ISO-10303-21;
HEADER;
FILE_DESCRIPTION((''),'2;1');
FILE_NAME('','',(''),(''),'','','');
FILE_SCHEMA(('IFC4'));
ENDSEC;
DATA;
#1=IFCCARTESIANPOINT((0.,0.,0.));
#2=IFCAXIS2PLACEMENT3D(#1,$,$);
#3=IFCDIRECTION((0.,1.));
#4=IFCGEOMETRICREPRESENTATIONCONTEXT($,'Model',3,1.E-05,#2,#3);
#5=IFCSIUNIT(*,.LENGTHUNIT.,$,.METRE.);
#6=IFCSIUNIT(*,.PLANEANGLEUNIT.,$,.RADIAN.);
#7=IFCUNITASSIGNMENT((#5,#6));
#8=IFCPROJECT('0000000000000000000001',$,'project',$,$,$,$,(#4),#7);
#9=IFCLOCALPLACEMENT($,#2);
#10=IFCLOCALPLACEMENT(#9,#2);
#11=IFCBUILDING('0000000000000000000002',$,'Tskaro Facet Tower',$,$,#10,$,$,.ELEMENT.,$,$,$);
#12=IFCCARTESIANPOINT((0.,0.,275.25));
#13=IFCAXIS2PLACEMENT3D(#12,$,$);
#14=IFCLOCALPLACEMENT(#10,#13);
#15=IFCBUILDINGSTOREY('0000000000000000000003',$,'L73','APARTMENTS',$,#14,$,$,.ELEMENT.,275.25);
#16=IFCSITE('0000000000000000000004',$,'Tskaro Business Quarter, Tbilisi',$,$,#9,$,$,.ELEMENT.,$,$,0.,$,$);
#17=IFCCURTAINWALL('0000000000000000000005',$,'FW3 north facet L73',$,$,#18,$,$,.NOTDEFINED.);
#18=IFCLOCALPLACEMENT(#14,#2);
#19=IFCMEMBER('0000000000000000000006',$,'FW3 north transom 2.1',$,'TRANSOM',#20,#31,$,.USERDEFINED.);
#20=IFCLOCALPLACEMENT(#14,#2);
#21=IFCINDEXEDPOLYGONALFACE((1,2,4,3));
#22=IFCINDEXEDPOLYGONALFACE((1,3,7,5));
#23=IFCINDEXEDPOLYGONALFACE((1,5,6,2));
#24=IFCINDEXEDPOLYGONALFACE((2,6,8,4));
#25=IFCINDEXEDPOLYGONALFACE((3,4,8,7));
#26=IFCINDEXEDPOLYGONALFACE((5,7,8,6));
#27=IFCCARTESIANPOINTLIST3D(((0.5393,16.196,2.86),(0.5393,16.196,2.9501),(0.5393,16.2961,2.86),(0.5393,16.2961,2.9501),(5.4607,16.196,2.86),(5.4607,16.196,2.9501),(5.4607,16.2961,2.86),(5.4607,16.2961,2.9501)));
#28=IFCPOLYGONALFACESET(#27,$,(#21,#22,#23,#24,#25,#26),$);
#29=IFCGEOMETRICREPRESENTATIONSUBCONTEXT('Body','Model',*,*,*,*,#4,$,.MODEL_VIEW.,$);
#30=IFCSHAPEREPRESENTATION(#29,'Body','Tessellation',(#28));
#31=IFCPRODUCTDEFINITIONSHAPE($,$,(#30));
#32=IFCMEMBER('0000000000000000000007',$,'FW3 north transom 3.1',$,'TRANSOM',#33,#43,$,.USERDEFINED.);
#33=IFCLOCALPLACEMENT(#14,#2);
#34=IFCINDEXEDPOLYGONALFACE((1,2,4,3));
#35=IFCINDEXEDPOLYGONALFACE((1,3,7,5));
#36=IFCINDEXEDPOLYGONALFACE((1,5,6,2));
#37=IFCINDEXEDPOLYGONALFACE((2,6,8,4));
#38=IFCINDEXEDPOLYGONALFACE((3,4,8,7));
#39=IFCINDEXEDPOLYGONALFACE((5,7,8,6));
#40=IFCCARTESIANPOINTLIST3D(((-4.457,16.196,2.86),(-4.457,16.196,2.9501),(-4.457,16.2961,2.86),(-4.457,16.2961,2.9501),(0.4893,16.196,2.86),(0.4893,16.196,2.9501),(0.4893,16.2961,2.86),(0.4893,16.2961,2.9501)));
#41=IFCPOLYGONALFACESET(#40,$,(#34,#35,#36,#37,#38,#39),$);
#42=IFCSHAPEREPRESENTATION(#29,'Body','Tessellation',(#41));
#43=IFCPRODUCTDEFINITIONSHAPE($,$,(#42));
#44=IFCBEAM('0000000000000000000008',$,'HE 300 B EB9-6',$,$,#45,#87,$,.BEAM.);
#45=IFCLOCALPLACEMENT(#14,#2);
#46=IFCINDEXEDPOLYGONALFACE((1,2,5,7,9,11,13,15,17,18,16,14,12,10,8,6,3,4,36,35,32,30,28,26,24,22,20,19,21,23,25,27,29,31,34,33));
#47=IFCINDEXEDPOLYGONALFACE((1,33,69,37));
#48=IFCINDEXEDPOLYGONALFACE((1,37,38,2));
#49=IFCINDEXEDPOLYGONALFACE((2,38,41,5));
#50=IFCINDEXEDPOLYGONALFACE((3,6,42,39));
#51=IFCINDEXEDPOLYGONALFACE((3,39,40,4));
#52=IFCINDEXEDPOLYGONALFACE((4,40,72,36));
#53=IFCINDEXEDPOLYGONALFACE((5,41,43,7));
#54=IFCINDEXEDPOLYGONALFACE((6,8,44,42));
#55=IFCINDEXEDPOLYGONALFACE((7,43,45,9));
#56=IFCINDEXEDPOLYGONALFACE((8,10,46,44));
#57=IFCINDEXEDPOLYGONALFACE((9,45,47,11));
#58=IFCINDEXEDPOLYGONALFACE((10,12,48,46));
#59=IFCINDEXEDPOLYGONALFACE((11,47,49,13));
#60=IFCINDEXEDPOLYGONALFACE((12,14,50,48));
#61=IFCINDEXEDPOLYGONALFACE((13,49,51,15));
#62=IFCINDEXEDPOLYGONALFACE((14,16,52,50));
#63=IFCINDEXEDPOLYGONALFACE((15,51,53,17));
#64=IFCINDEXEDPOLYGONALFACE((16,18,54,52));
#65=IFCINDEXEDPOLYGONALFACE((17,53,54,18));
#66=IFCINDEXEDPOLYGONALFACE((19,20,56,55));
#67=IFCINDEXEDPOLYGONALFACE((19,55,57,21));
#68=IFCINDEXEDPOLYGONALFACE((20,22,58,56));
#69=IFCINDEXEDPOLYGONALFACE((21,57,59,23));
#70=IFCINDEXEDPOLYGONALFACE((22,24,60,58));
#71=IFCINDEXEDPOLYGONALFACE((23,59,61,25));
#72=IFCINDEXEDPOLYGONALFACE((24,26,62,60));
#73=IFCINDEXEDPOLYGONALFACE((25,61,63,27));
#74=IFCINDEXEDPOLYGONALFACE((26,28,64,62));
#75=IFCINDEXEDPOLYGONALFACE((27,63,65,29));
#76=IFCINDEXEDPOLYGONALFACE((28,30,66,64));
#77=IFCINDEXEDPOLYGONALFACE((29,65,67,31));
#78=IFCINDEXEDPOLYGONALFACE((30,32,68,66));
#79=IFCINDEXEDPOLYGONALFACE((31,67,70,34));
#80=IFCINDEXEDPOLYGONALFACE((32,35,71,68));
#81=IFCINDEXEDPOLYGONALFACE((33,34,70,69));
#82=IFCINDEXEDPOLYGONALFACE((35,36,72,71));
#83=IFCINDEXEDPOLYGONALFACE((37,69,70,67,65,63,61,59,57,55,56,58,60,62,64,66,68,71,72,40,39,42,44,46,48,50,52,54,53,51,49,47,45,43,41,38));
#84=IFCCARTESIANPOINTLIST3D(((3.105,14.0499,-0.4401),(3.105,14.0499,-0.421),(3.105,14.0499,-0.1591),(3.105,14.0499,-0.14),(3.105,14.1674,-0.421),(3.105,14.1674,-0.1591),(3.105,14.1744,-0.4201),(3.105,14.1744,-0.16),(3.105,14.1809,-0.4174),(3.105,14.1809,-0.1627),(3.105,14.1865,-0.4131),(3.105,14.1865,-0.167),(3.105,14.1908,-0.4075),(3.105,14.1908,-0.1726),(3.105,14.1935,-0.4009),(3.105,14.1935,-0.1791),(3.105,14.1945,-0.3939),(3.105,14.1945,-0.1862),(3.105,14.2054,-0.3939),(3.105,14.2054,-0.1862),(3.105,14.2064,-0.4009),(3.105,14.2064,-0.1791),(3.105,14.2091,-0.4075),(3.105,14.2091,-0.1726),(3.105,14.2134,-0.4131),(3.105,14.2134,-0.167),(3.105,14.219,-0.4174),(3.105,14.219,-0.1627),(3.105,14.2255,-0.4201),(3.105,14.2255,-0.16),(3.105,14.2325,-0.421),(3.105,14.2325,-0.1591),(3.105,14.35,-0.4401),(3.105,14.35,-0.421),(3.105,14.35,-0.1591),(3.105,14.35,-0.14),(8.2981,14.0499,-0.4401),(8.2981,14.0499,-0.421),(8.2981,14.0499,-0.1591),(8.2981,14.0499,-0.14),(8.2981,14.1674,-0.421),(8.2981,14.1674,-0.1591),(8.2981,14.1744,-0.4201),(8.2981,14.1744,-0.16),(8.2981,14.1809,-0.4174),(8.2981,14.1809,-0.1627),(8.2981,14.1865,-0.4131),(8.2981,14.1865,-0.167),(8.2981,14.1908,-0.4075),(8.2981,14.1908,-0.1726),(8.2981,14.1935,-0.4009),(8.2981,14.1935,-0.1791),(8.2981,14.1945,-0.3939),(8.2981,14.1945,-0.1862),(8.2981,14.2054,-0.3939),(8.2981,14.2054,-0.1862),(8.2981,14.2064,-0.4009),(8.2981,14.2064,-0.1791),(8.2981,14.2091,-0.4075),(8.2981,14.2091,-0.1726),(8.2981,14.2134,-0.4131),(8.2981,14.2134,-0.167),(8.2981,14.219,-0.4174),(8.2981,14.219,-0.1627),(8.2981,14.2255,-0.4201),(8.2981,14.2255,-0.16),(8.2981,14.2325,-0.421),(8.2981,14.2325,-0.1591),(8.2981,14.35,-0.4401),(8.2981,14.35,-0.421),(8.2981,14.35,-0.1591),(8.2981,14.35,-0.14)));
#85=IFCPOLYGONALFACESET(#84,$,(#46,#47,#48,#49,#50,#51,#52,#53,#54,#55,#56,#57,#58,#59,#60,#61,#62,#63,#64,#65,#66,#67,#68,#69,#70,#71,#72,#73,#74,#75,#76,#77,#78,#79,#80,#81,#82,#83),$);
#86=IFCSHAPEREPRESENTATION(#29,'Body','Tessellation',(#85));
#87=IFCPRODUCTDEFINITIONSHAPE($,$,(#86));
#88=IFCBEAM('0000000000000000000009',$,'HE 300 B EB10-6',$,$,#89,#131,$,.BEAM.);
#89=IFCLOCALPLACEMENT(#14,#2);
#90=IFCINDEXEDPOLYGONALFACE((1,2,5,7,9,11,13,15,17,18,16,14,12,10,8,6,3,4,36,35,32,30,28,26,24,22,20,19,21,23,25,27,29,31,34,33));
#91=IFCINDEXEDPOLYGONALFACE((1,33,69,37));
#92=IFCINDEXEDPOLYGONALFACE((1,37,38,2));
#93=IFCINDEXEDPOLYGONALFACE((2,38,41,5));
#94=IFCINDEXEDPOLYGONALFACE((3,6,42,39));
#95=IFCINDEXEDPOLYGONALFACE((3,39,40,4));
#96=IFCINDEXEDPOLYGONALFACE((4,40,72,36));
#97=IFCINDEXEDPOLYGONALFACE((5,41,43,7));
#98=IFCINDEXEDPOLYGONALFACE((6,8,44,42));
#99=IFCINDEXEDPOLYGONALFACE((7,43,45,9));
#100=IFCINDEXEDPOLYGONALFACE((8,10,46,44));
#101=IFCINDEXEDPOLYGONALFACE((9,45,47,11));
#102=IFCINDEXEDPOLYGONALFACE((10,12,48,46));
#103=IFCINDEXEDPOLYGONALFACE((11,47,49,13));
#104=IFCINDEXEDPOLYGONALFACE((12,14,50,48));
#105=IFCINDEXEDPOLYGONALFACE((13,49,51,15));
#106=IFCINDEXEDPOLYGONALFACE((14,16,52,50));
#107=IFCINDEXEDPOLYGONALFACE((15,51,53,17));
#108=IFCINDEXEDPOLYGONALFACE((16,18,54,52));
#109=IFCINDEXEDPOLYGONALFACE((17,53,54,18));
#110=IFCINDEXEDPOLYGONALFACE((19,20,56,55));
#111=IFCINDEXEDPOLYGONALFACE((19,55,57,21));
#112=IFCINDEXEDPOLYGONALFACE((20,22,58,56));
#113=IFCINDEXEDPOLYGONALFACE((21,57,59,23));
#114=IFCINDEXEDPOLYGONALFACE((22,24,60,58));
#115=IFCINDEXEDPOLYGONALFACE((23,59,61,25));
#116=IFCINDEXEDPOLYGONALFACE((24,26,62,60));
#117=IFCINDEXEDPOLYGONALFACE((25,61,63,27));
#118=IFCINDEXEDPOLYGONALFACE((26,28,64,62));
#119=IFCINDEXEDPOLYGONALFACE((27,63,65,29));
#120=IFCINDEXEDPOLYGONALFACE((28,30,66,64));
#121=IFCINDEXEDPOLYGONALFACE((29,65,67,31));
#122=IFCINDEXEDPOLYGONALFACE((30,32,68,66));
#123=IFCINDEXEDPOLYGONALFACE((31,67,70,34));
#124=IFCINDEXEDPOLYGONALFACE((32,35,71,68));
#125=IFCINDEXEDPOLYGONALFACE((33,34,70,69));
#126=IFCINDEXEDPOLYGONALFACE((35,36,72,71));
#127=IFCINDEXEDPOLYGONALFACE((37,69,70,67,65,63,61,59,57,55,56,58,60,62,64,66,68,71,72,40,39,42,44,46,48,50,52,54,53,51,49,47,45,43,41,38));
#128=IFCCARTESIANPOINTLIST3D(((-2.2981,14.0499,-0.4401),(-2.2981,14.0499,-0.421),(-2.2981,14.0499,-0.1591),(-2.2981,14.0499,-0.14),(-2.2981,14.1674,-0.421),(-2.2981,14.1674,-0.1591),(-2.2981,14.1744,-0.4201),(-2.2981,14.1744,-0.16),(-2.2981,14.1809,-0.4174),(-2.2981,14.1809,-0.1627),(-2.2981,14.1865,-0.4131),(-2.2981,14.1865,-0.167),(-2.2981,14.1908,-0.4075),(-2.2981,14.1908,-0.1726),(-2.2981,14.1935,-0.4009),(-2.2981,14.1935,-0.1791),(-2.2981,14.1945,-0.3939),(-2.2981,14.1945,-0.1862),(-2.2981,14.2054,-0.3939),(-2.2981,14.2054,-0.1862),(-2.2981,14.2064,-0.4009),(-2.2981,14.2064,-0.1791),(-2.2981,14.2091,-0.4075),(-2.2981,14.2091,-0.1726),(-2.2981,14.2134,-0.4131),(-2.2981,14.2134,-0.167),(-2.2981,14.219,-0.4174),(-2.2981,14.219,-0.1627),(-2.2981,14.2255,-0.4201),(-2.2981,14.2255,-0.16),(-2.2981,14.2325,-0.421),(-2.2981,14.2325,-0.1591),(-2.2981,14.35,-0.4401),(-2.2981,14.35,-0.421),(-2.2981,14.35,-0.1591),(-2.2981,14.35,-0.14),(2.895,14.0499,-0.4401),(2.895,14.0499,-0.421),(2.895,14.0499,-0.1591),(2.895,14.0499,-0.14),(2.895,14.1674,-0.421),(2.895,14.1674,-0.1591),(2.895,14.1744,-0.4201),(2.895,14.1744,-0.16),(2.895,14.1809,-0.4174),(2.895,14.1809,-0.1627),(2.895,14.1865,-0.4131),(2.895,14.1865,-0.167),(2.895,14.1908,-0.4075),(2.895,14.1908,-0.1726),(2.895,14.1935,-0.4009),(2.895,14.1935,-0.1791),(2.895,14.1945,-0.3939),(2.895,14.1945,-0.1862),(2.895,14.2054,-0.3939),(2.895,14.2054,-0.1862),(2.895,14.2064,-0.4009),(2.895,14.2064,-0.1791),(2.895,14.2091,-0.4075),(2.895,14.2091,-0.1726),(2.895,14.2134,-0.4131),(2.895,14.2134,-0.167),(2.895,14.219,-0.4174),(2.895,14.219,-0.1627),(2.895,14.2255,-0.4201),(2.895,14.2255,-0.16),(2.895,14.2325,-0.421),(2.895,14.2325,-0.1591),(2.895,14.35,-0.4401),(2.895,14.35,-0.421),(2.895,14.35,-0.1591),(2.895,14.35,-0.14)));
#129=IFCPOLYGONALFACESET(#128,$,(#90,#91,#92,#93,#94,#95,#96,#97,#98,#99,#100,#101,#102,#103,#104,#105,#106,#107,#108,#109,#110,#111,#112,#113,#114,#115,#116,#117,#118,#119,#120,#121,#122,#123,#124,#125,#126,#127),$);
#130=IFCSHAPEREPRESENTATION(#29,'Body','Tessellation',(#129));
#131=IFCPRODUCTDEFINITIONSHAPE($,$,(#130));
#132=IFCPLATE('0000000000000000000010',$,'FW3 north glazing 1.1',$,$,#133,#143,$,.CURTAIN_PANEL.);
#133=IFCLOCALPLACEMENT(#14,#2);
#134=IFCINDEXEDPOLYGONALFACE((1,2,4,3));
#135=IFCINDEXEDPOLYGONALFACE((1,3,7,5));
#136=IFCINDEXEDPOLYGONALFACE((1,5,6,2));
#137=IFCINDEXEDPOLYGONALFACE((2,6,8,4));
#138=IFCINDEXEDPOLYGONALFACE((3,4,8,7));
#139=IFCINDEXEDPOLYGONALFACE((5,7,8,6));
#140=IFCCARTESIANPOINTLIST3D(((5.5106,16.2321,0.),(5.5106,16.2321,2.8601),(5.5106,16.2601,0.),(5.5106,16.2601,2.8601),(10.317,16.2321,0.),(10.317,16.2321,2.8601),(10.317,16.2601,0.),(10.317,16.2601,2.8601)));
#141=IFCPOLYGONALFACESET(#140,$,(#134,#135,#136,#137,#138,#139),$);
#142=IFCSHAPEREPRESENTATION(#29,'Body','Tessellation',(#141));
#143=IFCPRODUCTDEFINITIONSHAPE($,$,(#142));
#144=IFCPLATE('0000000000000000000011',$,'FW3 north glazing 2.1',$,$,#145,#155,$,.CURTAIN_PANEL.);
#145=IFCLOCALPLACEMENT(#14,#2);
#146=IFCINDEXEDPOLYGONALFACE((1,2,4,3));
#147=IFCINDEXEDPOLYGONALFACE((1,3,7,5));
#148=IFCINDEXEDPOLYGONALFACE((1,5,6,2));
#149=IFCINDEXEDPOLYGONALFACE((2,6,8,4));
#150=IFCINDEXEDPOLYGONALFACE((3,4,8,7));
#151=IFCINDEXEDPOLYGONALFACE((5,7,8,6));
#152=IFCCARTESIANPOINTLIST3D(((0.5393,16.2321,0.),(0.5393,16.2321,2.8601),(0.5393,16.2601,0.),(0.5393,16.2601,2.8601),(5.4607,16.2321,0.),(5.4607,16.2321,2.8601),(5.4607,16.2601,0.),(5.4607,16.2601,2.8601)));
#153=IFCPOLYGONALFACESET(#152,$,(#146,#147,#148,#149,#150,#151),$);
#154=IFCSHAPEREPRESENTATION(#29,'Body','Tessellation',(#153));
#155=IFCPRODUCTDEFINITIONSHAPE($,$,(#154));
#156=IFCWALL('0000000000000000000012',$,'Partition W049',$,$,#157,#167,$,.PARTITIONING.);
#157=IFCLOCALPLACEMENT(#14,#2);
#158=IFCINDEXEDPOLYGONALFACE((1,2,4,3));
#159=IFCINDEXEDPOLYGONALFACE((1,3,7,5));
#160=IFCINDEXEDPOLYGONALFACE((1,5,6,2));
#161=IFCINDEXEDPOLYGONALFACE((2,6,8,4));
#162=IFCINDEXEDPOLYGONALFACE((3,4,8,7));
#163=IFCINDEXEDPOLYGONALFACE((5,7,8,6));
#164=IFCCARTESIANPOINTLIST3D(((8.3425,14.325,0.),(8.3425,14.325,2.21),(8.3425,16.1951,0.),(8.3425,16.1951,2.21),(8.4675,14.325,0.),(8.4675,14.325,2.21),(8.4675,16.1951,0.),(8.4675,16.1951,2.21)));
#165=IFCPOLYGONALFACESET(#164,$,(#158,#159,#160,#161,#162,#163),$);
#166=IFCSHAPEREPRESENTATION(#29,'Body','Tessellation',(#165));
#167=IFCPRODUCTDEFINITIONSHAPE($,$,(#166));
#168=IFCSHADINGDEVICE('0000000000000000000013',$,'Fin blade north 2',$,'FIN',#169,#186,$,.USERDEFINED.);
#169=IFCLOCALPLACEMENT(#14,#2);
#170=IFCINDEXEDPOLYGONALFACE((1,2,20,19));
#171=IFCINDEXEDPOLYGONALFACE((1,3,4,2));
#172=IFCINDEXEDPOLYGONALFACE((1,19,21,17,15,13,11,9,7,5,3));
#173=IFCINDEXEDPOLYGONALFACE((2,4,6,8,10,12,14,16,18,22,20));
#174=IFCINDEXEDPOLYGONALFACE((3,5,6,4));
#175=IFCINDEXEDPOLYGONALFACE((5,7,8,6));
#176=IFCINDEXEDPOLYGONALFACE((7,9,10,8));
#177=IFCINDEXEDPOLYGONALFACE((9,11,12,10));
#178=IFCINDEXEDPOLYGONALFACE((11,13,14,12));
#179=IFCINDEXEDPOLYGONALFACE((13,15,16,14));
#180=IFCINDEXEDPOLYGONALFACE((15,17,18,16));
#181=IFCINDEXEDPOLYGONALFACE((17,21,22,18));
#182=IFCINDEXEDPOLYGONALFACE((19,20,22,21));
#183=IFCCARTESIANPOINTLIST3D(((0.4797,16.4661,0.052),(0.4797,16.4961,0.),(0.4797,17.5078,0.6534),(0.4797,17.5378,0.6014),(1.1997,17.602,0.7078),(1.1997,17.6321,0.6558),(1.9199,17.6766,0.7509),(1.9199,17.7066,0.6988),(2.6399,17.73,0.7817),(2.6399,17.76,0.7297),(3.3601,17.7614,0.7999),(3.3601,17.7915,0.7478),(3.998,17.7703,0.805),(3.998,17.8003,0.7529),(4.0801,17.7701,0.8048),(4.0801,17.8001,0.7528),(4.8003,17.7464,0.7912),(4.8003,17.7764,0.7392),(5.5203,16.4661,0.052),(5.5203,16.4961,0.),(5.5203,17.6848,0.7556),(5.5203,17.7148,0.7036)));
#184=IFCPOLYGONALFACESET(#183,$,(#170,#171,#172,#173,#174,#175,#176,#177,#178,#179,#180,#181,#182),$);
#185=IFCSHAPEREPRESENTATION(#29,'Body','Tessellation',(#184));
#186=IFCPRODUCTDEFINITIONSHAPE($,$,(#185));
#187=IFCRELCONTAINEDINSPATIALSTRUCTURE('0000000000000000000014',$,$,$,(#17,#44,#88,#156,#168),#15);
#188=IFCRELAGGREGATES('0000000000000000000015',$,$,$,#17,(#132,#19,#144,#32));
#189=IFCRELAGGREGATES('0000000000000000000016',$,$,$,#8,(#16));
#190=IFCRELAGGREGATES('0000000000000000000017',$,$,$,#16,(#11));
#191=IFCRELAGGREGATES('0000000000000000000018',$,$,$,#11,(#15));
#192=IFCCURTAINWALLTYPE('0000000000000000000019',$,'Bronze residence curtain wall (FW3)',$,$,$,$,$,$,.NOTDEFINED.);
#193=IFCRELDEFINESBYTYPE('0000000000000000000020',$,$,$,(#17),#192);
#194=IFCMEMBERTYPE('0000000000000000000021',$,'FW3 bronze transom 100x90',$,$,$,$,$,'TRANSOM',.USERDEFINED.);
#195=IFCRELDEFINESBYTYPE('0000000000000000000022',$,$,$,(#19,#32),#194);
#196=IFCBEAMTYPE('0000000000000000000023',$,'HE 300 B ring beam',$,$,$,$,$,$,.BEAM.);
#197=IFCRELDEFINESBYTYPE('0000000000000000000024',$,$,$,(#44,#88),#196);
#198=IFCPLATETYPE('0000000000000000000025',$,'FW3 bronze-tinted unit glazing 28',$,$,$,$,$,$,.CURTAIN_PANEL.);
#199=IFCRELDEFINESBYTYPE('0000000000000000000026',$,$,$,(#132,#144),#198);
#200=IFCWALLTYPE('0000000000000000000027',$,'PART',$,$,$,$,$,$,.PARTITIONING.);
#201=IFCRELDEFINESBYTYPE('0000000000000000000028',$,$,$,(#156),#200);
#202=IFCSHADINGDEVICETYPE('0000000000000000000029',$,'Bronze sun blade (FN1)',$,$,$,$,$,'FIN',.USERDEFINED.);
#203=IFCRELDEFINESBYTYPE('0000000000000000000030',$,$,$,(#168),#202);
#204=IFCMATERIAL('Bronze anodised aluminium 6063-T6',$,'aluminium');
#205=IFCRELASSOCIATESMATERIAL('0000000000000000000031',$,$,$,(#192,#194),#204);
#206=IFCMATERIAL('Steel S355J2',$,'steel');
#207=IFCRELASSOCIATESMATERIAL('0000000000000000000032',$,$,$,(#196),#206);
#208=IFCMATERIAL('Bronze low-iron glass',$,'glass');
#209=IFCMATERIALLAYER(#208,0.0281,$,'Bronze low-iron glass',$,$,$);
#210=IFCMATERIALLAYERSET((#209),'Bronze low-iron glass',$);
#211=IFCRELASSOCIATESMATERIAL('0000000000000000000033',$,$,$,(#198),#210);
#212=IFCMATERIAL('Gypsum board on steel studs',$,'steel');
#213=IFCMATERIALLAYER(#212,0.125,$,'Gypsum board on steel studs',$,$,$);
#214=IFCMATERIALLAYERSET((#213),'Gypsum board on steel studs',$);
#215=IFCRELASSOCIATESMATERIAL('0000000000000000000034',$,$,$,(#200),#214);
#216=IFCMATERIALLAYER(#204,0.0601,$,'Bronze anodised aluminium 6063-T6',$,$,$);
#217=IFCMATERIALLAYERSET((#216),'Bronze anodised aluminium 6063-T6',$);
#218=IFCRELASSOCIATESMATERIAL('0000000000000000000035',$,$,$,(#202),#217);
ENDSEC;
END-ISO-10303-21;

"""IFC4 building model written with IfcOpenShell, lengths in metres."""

from ifc_helpers import new_model, si_unit, direction, frame, frame_2d, origin, origin_2d, place, context, subcontext, project, spatial, polyline, rectangle, i_section, outline, extrude, material, layer, layer_set, material_profile, profile_set, type_object, element, aggregate, save


model = new_model("IFC4")

# Units and contexts
model_context = context("Model", 3, precision=1e-05, world=origin(), true_north=direction((0.0, 1.0)))
body_context = subcontext(model_context, "Body", "Model", "MODEL_VIEW")
ifc_project = project(units=[si_unit("LENGTHUNIT", "METRE"), si_unit("PLANEANGLEUNIT", "RADIAN")], contexts=[model_context])

# Site, building, storey
site_placement = place(None, origin())
site = spatial("IfcSite", under=ifc_project, at=site_placement, Name="Tskaro Business Quarter, Tbilisi", CompositionType="ELEMENT", RefElevation=0.0)
building_placement = place(site_placement, origin())
building = spatial("IfcBuilding", under=site, at=building_placement, Name="Tskaro Facet Tower", CompositionType="ELEMENT")
storey_placement = place(building_placement, frame((0.0, 0.0, 275.25)))
storey = spatial("IfcBuildingStorey", under=building, at=storey_placement, Name="L73", Description="APARTMENTS", CompositionType="ELEMENT", Elevation=275.25)

# Shared definitions
ifc_material_1 = material(Name="Steel S355J2", Category="steel")

# Curtain wall, members
ifc_material_2 = material(Name="Bronze anodised aluminium 6063-T6", Category="aluminium")
curtain_wall_type = type_object("IfcCurtainWallType", Name="Bronze residence curtain wall (FW3)", PredefinedType="NOTDEFINED", material=ifc_material_2)
curtain_wall_placement = place(storey_placement, origin())
curtain_wall = element("IfcCurtainWall", 1, at=curtain_wall_placement, inside=storey, type_object=curtain_wall_type, Name="FW3 north facet L73", PredefinedType="NOTDEFINED")
ifc_material_profile_1 = material_profile(ifc_material_2, rectangle(XDim=0.1001, YDim=0.0901, at=origin_2d()), Name="Transom 100x90")
ifc_profile_set_1 = profile_set([ifc_material_profile_1], Name="Bronze anodised aluminium 6063-T6")
member_type_1 = type_object("IfcMemberType", Name="FW3 bronze transom 100x90", ElementType="TRANSOM", PredefinedType="USERDEFINED", material=ifc_profile_set_1)
member_1_placement = place(storey_placement, frame((5.4607, 16.2461, 2.905), z_axis=(-1.0, 0.0, 0.0), x_axis=(0.0, -1.0, 0.0)))
member_1 = element("IfcMember", 2, at=member_1_placement, type_object=member_type_1, Name="FW3 north transom 2.1", ObjectType="TRANSOM", PredefinedType="USERDEFINED", context=body_context, shape_type="SweptSolid", body=[
    extrude(rectangle(XDim=0.1001, YDim=0.0901, at=origin_2d()), origin(), (0.0, 0.0, 1.0), 4.9214),
])
member_2_placement = place(storey_placement, frame((0.4893, 16.2461, 2.905), z_axis=(-1.0, 0.0, 0.0), x_axis=(0.0, -1.0, 0.0)))
member_2 = element("IfcMember", 3, at=member_2_placement, type_object=member_type_1, Name="FW3 north transom 3.1", ObjectType="TRANSOM", PredefinedType="USERDEFINED", context=body_context, shape_type="SweptSolid", body=[
    extrude(rectangle(XDim=0.1001, YDim=0.0901, at=origin_2d()), origin(), (0.0, 0.0, 1.0), 4.9463),
])

# Beams
ifc_material_profile_2 = material_profile(ifc_material_1, i_section(OverallWidth=0.3, OverallDepth=0.3, WebThickness=0.011, FlangeThickness=0.019, FilletRadius=0.0271, at=origin_2d()), Name="HE 300 B")
ifc_profile_set_2 = profile_set([ifc_material_profile_2], Name="Steel S355J2")
beam_type = type_object("IfcBeamType", Name="HE 300 B ring beam", PredefinedType="BEAM", material=ifc_profile_set_2)
for number, where, z_axis, x_axis, name in (
    (4, (8.2981, 14.2, -0.29), (-1.0, 0.0, 0.0), (0.0, -1.0, 0.0), "HE 300 B EB9-6"),
    (5, (2.895, 14.2, -0.29), (-1.0, 0.0, 0.0), (0.0, -1.0, 0.0), "HE 300 B EB10-6"),
):
    element("IfcBeam", number, at=place(storey_placement, frame(where, z_axis=z_axis, x_axis=x_axis)), inside=storey, type_object=beam_type, Name=name, PredefinedType="BEAM", context=body_context, shape_type="SweptSolid", body=[
        extrude(i_section(OverallWidth=0.3, OverallDepth=0.3, WebThickness=0.011, FlangeThickness=0.019, FilletRadius=0.0271, at=origin_2d()), origin(), (0.0, 0.0, 1.0), 5.1931),
    ])

# Plates
ifc_material_3 = material(Name="Bronze low-iron glass", Category="glass")
ifc_layer_1 = layer(ifc_material_3, 0.0281, Name="Bronze low-iron glass")
ifc_layer_set_1 = layer_set([ifc_layer_1], Name="Bronze low-iron glass")
plate_type = type_object("IfcPlateType", Name="FW3 bronze-tinted unit glazing 28", PredefinedType="CURTAIN_PANEL", material=ifc_layer_set_1)
plate_1_placement = place(storey_placement, frame((7.9138, 16.2461, 0.0), z_axis=(0.0, 0.0, 1.0), x_axis=(-1.0, 0.0, 0.0)))
plate_1 = element("IfcPlate", 6, at=plate_1_placement, type_object=plate_type, Name="FW3 north glazing 1.1", PredefinedType="CURTAIN_PANEL", context=body_context, shape_type="SweptSolid", body=[
    extrude(rectangle(XDim=4.8064, YDim=0.0281, at=origin_2d()), origin(), (0.0, 0.0, 1.0), 2.8601),
])
plate_2_placement = place(storey_placement, frame((3.0, 16.2461, 0.0), z_axis=(0.0, 0.0, 1.0), x_axis=(-1.0, 0.0, 0.0)))
plate_2 = element("IfcPlate", 7, at=plate_2_placement, type_object=plate_type, Name="FW3 north glazing 2.1", PredefinedType="CURTAIN_PANEL", context=body_context, shape_type="SweptSolid", body=[
    extrude(rectangle(XDim=4.9214, YDim=0.0281, at=origin_2d()), origin(), (0.0, 0.0, 1.0), 2.8601),
])
aggregate(curtain_wall, [plate_1, member_1, plate_2, member_2])

# Wall
ifc_material_4 = material(Name="Gypsum board on steel studs", Category="steel")
ifc_layer_2 = layer(ifc_material_4, 0.125, Name="Gypsum board on steel studs")
ifc_layer_set_2 = layer_set([ifc_layer_2], Name="Gypsum board on steel studs")
wall_type = type_object("IfcWallType", Name="PART", PredefinedType="PARTITIONING", material=ifc_layer_set_2)
wall_placement = place(storey_placement, frame((8.405, 14.325, 0.0), z_axis=(0.0, 0.0, 1.0), x_axis=(0.0, 1.0, 0.0)))
element("IfcWall", 8, at=wall_placement, inside=storey, type_object=wall_type, Name="Partition W049", PredefinedType="PARTITIONING", context=body_context, shape_type="SweptSolid", body=[
    extrude(rectangle(XDim=1.8701, YDim=0.125, at=frame_2d((0.9351, 0.0))), origin(), (0.0, 0.0, 1.0), 2.21),
])

# Shading device
ifc_layer_3 = layer(ifc_material_2, 0.0601, Name="Bronze anodised aluminium 6063-T6")
ifc_layer_set_3 = layer_set([ifc_layer_3], Name="Bronze anodised aluminium 6063-T6")
shading_device_type = type_object("IfcShadingDeviceType", Name="Bronze sun blade (FN1)", ElementType="FIN", PredefinedType="USERDEFINED", material=ifc_layer_set_3)
shading_device_1_placement = place(storey_placement, frame((5.5203, 16.4661, 0.052), z_axis=(-0.000009, -0.499998, 0.866027), x_axis=(-1.0, 0.000004, -0.000008)))
element("IfcShadingDevice", 9, at=shading_device_1_placement, inside=storey, type_object=shading_device_type, Name="Fin blade north 2", ObjectType="FIN", PredefinedType="USERDEFINED", context=body_context, shape_type="SweptSolid", body=[
    extrude(outline(polyline([(0.0, 0.0), (5.0405, 0.0), (5.0405, -1.2028), (4.3206, -1.3117), (3.6003, -1.3978), (2.8804, -1.4595), (2.1602, -1.4958), (1.5222, -1.5059), (1.4402, -1.5057), (0.72, -1.4784), (0.0, -1.4073), (0.0, 0.0)])), origin(), (0.0, 0.0, -1.0), 0.0601),
])

save(model, "model.ifc")
